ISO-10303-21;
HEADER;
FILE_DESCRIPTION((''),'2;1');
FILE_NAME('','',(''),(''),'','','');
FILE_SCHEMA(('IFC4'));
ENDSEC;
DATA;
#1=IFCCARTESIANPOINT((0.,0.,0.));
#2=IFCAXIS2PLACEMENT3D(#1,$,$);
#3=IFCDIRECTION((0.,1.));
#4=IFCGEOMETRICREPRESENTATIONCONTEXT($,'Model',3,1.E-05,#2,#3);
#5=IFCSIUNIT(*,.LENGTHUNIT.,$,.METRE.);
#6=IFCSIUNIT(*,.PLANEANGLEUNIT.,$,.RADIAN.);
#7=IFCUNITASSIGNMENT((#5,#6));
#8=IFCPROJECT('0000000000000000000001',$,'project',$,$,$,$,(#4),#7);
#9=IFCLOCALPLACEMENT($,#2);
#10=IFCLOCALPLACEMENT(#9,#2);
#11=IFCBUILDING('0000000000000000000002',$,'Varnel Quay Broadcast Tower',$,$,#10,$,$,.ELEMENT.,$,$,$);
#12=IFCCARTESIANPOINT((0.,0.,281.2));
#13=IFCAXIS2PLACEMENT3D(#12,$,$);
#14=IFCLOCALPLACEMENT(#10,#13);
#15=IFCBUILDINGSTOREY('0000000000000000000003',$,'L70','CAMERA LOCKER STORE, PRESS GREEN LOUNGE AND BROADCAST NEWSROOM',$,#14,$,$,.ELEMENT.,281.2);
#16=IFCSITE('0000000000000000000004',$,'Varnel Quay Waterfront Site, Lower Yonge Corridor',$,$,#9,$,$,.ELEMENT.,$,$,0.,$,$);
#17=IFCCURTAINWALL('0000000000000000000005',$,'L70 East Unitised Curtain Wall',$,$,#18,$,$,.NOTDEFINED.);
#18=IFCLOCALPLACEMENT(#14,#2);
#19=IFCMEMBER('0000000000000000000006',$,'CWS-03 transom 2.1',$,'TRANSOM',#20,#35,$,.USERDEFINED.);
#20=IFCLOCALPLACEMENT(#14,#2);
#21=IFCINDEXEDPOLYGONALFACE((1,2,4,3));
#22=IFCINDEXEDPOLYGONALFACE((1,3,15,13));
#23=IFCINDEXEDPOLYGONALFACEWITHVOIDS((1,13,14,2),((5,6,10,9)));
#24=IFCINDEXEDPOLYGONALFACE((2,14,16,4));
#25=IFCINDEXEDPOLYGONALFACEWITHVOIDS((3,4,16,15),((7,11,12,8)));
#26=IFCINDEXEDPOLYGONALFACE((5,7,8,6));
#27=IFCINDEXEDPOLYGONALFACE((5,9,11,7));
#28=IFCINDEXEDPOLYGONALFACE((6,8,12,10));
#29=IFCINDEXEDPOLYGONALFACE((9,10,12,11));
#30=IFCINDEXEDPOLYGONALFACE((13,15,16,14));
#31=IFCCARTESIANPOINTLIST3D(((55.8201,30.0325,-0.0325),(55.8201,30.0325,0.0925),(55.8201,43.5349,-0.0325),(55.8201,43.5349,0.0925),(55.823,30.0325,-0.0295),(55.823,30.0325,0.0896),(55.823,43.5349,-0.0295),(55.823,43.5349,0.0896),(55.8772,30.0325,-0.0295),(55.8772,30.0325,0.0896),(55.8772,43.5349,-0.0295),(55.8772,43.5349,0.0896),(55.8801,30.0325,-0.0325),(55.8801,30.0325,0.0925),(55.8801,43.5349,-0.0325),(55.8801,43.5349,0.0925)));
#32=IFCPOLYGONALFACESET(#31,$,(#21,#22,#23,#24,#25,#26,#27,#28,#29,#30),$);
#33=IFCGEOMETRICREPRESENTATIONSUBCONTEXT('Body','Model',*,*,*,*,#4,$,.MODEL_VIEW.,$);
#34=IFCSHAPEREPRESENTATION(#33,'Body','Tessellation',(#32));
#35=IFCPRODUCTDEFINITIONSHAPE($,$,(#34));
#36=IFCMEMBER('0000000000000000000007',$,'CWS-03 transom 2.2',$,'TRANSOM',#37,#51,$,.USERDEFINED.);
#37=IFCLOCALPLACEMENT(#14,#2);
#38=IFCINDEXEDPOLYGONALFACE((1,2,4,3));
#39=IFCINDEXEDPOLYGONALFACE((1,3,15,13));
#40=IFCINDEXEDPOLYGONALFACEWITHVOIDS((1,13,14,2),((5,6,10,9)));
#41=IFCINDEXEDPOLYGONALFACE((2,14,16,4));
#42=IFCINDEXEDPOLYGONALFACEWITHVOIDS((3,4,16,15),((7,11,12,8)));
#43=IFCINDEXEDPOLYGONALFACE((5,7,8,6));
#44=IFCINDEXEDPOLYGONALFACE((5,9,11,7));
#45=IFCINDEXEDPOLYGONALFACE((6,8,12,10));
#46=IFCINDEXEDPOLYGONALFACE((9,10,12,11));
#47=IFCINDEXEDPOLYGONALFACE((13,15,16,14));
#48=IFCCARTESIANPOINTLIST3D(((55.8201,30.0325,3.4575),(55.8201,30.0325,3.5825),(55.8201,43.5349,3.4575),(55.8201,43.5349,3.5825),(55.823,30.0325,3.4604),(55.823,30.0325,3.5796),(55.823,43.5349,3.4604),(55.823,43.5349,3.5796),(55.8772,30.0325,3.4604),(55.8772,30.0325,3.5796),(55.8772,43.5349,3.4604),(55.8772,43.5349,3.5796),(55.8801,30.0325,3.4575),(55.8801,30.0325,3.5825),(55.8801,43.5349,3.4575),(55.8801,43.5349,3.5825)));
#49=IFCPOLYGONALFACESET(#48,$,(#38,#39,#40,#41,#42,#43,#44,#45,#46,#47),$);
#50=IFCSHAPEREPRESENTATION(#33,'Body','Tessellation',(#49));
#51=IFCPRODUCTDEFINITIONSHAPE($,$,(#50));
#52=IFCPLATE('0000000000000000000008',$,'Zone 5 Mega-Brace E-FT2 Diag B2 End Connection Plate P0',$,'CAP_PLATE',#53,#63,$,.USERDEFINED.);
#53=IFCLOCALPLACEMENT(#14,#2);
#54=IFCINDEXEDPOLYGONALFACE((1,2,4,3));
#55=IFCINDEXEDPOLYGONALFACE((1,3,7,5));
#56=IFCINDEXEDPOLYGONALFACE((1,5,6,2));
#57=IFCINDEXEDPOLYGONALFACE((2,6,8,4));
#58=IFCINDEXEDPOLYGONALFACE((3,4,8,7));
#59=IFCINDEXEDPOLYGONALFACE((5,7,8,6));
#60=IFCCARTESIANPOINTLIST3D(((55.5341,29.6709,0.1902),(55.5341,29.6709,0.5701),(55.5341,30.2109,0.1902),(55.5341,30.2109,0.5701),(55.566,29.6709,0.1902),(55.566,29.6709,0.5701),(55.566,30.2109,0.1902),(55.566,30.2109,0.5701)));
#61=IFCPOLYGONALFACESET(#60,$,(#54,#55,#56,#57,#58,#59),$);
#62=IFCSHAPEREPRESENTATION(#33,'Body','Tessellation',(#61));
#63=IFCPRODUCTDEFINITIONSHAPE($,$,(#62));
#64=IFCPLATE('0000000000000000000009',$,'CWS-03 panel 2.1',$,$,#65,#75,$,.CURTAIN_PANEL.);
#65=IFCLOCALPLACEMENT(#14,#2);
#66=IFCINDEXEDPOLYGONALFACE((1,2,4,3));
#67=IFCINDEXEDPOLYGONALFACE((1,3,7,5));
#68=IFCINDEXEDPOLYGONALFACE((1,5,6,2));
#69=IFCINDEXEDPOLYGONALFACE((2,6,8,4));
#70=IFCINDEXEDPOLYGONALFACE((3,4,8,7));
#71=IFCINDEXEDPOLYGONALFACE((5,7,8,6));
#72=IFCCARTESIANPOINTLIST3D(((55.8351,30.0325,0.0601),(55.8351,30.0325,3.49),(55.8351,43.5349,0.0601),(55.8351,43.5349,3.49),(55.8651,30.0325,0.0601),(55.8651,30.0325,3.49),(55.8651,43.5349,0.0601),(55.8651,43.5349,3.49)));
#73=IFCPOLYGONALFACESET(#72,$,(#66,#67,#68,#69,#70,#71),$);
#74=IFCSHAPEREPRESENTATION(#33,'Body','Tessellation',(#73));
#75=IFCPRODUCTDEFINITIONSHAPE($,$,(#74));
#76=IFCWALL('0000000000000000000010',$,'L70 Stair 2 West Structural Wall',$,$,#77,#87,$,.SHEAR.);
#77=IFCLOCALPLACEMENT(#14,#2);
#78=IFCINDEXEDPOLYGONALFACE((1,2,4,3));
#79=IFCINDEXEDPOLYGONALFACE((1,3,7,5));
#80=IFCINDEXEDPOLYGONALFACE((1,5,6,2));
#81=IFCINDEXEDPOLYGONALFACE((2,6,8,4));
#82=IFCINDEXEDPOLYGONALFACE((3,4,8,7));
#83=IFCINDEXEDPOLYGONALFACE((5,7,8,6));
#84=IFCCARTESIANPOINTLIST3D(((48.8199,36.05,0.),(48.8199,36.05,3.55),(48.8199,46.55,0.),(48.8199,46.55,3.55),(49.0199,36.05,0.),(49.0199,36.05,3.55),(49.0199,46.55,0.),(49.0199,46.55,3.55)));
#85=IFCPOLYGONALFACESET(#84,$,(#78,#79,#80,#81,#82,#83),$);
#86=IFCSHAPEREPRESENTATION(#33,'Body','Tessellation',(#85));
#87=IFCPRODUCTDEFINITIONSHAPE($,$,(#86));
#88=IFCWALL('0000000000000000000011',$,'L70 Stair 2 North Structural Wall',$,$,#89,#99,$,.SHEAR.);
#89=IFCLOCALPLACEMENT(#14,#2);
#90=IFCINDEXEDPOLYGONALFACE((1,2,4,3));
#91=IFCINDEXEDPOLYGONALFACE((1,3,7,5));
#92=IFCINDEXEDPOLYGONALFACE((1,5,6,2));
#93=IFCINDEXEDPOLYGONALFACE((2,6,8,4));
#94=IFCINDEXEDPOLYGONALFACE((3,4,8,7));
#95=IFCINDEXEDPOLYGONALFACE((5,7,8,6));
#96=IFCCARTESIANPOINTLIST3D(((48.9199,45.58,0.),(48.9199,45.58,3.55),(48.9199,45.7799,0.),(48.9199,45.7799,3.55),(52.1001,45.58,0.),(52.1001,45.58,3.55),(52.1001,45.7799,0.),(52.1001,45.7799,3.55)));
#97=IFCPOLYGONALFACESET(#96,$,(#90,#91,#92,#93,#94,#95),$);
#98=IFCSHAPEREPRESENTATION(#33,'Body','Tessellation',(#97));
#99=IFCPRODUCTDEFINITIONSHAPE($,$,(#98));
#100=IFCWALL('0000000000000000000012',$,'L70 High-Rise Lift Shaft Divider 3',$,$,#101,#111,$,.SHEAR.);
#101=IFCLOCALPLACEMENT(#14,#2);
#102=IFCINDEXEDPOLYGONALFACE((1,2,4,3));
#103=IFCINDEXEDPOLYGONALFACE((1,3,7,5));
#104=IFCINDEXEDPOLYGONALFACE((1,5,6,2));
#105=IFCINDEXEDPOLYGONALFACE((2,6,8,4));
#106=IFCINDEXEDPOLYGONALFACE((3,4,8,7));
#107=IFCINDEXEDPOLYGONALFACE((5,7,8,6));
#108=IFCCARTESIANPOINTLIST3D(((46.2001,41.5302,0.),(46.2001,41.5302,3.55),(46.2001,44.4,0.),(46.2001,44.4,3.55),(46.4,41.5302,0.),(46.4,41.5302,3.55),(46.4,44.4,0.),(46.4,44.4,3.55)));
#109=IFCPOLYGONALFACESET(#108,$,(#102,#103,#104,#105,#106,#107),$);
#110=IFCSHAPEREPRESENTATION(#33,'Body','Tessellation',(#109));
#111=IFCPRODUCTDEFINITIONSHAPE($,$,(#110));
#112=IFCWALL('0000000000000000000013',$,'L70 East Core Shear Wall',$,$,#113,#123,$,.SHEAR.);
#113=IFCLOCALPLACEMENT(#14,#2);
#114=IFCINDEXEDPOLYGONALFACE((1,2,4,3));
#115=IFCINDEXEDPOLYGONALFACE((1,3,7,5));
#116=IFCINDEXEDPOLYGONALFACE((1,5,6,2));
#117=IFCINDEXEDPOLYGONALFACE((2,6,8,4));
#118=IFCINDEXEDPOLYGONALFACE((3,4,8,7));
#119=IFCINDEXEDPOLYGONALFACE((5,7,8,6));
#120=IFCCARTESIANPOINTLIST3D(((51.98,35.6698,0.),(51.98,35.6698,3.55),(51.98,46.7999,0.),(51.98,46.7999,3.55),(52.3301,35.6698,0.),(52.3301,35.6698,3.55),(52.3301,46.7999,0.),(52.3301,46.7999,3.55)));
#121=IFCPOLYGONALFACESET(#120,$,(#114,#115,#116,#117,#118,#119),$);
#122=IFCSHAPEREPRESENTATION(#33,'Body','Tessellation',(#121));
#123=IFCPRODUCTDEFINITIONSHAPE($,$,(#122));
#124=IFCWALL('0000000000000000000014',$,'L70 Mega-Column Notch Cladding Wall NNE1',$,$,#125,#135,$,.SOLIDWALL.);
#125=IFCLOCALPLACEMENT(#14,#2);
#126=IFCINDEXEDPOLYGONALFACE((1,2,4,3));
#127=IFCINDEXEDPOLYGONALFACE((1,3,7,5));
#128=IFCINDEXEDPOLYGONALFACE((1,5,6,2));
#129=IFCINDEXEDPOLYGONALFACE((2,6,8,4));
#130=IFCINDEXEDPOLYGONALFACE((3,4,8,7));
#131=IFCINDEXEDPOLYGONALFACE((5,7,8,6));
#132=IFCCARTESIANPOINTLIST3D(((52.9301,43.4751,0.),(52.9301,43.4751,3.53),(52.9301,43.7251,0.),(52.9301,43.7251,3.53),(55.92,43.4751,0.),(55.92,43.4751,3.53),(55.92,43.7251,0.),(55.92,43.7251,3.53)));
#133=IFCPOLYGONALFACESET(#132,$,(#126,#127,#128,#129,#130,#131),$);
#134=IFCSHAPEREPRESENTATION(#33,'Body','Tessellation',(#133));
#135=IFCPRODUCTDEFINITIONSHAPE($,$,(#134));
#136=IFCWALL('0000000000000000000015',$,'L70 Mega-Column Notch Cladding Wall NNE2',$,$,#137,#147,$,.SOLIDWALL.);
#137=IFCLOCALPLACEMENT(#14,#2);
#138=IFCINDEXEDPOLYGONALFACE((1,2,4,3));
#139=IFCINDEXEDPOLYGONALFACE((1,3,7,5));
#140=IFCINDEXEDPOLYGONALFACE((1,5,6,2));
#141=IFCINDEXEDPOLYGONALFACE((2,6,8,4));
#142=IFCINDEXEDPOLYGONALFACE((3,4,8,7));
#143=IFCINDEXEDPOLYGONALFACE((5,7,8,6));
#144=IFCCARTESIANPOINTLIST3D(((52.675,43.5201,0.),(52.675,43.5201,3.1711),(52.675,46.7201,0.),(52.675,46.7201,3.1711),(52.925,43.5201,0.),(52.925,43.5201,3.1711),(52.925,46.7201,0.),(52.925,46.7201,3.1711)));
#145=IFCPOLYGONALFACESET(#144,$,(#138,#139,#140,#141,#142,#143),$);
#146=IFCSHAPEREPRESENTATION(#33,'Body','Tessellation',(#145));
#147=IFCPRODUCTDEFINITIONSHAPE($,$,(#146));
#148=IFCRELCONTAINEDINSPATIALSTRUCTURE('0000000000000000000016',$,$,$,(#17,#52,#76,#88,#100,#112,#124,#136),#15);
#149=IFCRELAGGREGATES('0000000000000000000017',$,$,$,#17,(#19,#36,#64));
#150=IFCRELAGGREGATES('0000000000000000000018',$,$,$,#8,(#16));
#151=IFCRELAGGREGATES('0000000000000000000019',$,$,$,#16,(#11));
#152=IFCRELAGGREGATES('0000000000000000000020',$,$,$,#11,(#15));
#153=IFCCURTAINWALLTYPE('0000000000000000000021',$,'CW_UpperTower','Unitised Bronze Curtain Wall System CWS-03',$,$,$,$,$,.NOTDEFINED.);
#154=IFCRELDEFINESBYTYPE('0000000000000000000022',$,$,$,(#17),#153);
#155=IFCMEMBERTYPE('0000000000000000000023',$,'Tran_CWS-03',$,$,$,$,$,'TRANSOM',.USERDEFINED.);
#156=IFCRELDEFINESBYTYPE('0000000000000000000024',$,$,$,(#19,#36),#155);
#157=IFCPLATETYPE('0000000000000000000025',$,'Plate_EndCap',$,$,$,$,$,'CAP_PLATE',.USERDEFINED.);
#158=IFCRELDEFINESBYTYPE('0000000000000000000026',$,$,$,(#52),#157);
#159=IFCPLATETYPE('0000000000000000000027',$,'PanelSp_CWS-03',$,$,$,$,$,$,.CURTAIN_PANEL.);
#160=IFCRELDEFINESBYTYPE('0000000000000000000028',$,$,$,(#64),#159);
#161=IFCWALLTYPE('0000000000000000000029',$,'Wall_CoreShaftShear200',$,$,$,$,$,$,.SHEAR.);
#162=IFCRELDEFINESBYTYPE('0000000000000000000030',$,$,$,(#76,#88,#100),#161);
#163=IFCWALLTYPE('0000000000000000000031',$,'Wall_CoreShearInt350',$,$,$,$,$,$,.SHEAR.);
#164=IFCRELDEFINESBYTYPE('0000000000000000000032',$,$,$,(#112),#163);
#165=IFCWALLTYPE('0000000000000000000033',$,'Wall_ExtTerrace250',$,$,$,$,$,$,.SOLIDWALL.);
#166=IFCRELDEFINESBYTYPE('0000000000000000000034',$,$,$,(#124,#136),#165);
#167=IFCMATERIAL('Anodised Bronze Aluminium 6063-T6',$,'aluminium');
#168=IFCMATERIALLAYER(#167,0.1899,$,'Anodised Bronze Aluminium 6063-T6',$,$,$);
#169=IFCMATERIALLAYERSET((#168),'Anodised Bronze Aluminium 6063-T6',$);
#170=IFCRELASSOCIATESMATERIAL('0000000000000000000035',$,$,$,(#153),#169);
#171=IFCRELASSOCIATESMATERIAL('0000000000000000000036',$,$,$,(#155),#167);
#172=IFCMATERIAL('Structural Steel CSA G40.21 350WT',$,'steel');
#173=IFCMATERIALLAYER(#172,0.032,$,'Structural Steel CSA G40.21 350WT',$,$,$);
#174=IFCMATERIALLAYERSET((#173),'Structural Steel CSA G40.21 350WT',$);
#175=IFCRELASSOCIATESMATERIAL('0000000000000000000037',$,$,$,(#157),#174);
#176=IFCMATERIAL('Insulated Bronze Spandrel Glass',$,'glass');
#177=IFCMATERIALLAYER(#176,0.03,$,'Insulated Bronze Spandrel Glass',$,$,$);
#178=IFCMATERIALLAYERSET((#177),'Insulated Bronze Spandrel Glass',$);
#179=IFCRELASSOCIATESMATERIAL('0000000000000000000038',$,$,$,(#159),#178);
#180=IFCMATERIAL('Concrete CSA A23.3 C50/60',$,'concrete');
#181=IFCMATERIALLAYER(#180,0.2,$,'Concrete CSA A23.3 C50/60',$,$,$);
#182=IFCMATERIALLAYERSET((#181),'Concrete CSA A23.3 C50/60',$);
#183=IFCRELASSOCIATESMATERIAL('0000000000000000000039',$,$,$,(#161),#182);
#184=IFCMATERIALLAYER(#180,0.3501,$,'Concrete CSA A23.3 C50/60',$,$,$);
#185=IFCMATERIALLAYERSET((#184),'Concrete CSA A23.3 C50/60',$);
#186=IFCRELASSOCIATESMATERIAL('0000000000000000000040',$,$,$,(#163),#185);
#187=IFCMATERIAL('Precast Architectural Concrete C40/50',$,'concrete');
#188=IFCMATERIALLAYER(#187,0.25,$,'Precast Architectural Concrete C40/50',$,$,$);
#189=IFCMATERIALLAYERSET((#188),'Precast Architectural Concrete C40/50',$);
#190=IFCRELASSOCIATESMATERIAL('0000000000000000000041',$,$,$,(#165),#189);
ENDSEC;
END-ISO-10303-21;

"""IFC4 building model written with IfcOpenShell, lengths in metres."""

from ifc_helpers import new_model, si_unit, direction, frame, frame_2d, origin, origin_2d, place, context, subcontext, project, spatial, rectangle, hollow_rectangle, extrude, source, transform, mapped, material, layer, layer_set, material_profile, profile_set, type_object, type_shapes, element, aggregate, save


model = new_model("IFC4")

# Units and contexts
model_context = context("Model", 3, precision=1e-05, world=origin(), true_north=direction((0.0, 1.0)))
body_context = subcontext(model_context, "Body", "Model", "MODEL_VIEW")
ifc_project = project(units=[si_unit("LENGTHUNIT", "METRE"), si_unit("PLANEANGLEUNIT", "RADIAN")], contexts=[model_context])

# Site, building, storey
site_placement = place(None, origin())
site = spatial("IfcSite", under=ifc_project, at=site_placement, Name="Varnel Quay Waterfront Site, Lower Yonge Corridor", CompositionType="ELEMENT", RefElevation=0.0)
building_placement = place(site_placement, origin())
building = spatial("IfcBuilding", under=site, at=building_placement, Name="Varnel Quay Broadcast Tower", CompositionType="ELEMENT")
storey_placement = place(building_placement, frame((0.0, 0.0, 281.2)))
storey = spatial("IfcBuildingStorey", under=building, at=storey_placement, Name="L70", Description="CAMERA LOCKER STORE, PRESS GREEN LOUNGE AND BROADCAST NEWSROOM", CompositionType="ELEMENT", Elevation=281.2)

# Shared definitions
ifc_material_1 = material(Name="Structural Steel CSA G40.21 350WT", Category="steel")

# Curtain wall, members
ifc_material_2 = material(Name="Anodised Bronze Aluminium 6063-T6", Category="aluminium")
ifc_layer_1 = layer(ifc_material_2, 0.1899, Name="Anodised Bronze Aluminium 6063-T6")
ifc_layer_set_1 = layer_set([ifc_layer_1], Name="Anodised Bronze Aluminium 6063-T6")
curtain_wall_type = type_object("IfcCurtainWallType", Name="CW_UpperTower", Description="Unitised Bronze Curtain Wall System CWS-03", PredefinedType="NOTDEFINED", material=ifc_layer_set_1)
curtain_wall_placement = place(storey_placement, origin())
curtain_wall = element("IfcCurtainWall", 1, at=curtain_wall_placement, inside=storey, type_object=curtain_wall_type, Name="L70 East Unitised Curtain Wall", PredefinedType="NOTDEFINED")
ifc_material_profile_1 = material_profile(ifc_material_2, hollow_rectangle(XDim=0.0601, YDim=0.125, WallThickness=0.0029, at=origin_2d()), Name="ALU60X125X3")
ifc_profile_set_1 = profile_set([ifc_material_profile_1], Name="Anodised Bronze Aluminium 6063-T6")
member_type_1 = type_object("IfcMemberType", Name="Tran_CWS-03", ElementType="TRANSOM", PredefinedType="USERDEFINED", material=ifc_profile_set_1)
shared_shape_1 = source(origin(), body_context, "Body", "SweptSolid", [
    extrude(hollow_rectangle(XDim=0.0601, YDim=0.125, WallThickness=0.0029, at=origin_2d()), origin(), (0.0, 0.0, 1.0), 13.5024),
])
type_shapes(member_type_1, [shared_shape_1])
member_1_placement = place(storey_placement, frame((55.8501, 30.0325, 0.03), z_axis=(0.0, 1.0, 0.0), x_axis=(-1.0, 0.0, 0.0)))
member_1 = element("IfcMember", 2, at=member_1_placement, type_object=member_type_1, Name="CWS-03 transom 2.1", ObjectType="TRANSOM", PredefinedType="USERDEFINED", context=body_context, shape_type="MappedRepresentation", body=[
    mapped(shared_shape_1, transform((0.0, 0.0, 0.0), x_axis=(1.0, 0.0, 0.0), y_axis=(0.0, 1.0, 0.0), z_axis=(0.0, 0.0, 1.0), scale=1.0)),
])
member_2_placement = place(storey_placement, frame((55.8501, 30.0325, 3.52), z_axis=(0.0, 1.0, 0.0), x_axis=(-1.0, 0.0, 0.0)))
member_2 = element("IfcMember", 3, at=member_2_placement, type_object=member_type_1, Name="CWS-03 transom 2.2", ObjectType="TRANSOM", PredefinedType="USERDEFINED", context=body_context, shape_type="MappedRepresentation", body=[
    mapped(shared_shape_1, transform((0.0, 0.0, 0.0), x_axis=(1.0, 0.0, 0.0), y_axis=(0.0, 1.0, 0.0), z_axis=(0.0, 0.0, 1.0), scale=1.0)),
])

# Plates
ifc_layer_2 = layer(ifc_material_1, 0.032, Name="Structural Steel CSA G40.21 350WT")
ifc_layer_set_2 = layer_set([ifc_layer_2], Name="Structural Steel CSA G40.21 350WT")
plate_type_1 = type_object("IfcPlateType", Name="Plate_EndCap", ElementType="CAP_PLATE", PredefinedType="USERDEFINED", material=ifc_layer_set_2)
shared_shape_2 = source(origin(), body_context, "Body", "SweptSolid", [
    extrude(rectangle(XDim=0.54, YDim=0.032, at=origin_2d()), origin(), (0.0, 0.0, 1.0), 0.3799),
])
type_shapes(plate_type_1, [shared_shape_2])
plate_1_placement = place(storey_placement, frame((55.55, 29.9409, 0.1902), z_axis=(0.0, 0.0, 1.0), x_axis=(0.0, 1.0, 0.0)))
element("IfcPlate", 4, at=plate_1_placement, inside=storey, type_object=plate_type_1, Name="Zone 5 Mega-Brace E-FT2 Diag B2 End Connection Plate P0", ObjectType="CAP_PLATE", PredefinedType="USERDEFINED", context=body_context, shape_type="MappedRepresentation", body=[
    mapped(shared_shape_2, transform((0.0, 0.0, 0.0), x_axis=(1.0, 0.0, 0.0), y_axis=(0.0, 1.0, 0.0), z_axis=(0.0, 0.0, 1.0), scale=1.0)),
])
ifc_material_3 = material(Name="Insulated Bronze Spandrel Glass", Category="glass")
ifc_layer_3 = layer(ifc_material_3, 0.03, Name="Insulated Bronze Spandrel Glass")
ifc_layer_set_3 = layer_set([ifc_layer_3], Name="Insulated Bronze Spandrel Glass")
plate_type_2 = type_object("IfcPlateType", Name="PanelSp_CWS-03", PredefinedType="CURTAIN_PANEL", material=ifc_layer_set_3)
shared_shape_3 = source(origin(), body_context, "Body", "SweptSolid", [
    extrude(rectangle(XDim=13.5024, YDim=0.03, at=origin_2d()), origin(), (0.0, 0.0, 1.0), 3.4299),
])
type_shapes(plate_type_2, [shared_shape_3])
plate_2_placement = place(storey_placement, frame((55.8501, 36.7837, 0.0601), z_axis=(0.0, 0.0, 1.0), x_axis=(0.0, 1.0, 0.0)))
plate_2 = element("IfcPlate", 5, at=plate_2_placement, type_object=plate_type_2, Name="CWS-03 panel 2.1", PredefinedType="CURTAIN_PANEL", context=body_context, shape_type="MappedRepresentation", body=[
    mapped(shared_shape_3, transform((0.0, 0.0, 0.0), x_axis=(1.0, 0.0, 0.0), y_axis=(0.0, 1.0, 0.0), z_axis=(0.0, 0.0, 1.0), scale=1.0)),
])
aggregate(curtain_wall, [member_1, member_2, plate_2])

# Walls
ifc_material_4 = material(Name="Concrete CSA A23.3 C50/60", Category="concrete")
ifc_layer_4 = layer(ifc_material_4, 0.2, Name="Concrete CSA A23.3 C50/60")
ifc_layer_set_4 = layer_set([ifc_layer_4], Name="Concrete CSA A23.3 C50/60")
wall_type_1 = type_object("IfcWallType", Name="Wall_CoreShaftShear200", PredefinedType="SHEAR", material=ifc_layer_set_4)
wall_1_placement = place(storey_placement, frame((48.9199, 36.05, 0.0), z_axis=(0.0, 0.0, 1.0), x_axis=(0.0, 1.0, 0.0)))
element("IfcWall", 6, at=wall_1_placement, inside=storey, type_object=wall_type_1, Name="L70 Stair 2 West Structural Wall", PredefinedType="SHEAR", context=body_context, shape_type="SweptSolid", body=[
    extrude(rectangle(XDim=10.5, YDim=0.2, at=frame_2d((5.25, 0.0))), origin(), (0.0, 0.0, 1.0), 3.55),
])
wall_2_placement = place(storey_placement, frame((48.9199, 45.6799, 0.0), z_axis=(0.0, 0.0, 1.0), x_axis=(1.0, 0.0, 0.0)))
element("IfcWall", 7, at=wall_2_placement, inside=storey, type_object=wall_type_1, Name="L70 Stair 2 North Structural Wall", PredefinedType="SHEAR", context=body_context, shape_type="SweptSolid", body=[
    extrude(rectangle(XDim=3.1802, YDim=0.2, at=frame_2d((1.5901, 0.0))), origin(), (0.0, 0.0, 1.0), 3.55),
])
wall_3_placement = place(storey_placement, frame((46.3, 41.53, 0.0), z_axis=(0.0, 0.0, 1.0), x_axis=(0.0, 1.0, 0.0)))
element("IfcWall", 8, at=wall_3_placement, inside=storey, type_object=wall_type_1, Name="L70 High-Rise Lift Shaft Divider 3", PredefinedType="SHEAR", context=body_context, shape_type="SweptSolid", body=[
    extrude(rectangle(XDim=2.8699, YDim=0.2, at=frame_2d((1.4351, 0.0))), origin(), (0.0, 0.0, 1.0), 3.55),
])
ifc_layer_5 = layer(ifc_material_4, 0.3501, Name="Concrete CSA A23.3 C50/60")
ifc_layer_set_5 = layer_set([ifc_layer_5], Name="Concrete CSA A23.3 C50/60")
wall_type_2 = type_object("IfcWallType", Name="Wall_CoreShearInt350", PredefinedType="SHEAR", material=ifc_layer_set_5)
wall_4_placement = place(storey_placement, frame((52.155, 35.6699, 0.0), z_axis=(0.0, 0.0, 1.0), x_axis=(0.0, 1.0, 0.0)))
element("IfcWall", 9, at=wall_4_placement, inside=storey, type_object=wall_type_2, Name="L70 East Core Shear Wall", PredefinedType="SHEAR", context=body_context, shape_type="SweptSolid", body=[
    extrude(rectangle(XDim=11.1301, YDim=0.3501, at=frame_2d((5.5649, 0.0))), origin(), (0.0, 0.0, 1.0), 3.55),
])
ifc_material_5 = material(Name="Precast Architectural Concrete C40/50", Category="concrete")
ifc_layer_6 = layer(ifc_material_5, 0.25, Name="Precast Architectural Concrete C40/50")
ifc_layer_set_6 = layer_set([ifc_layer_6], Name="Precast Architectural Concrete C40/50")
wall_type_3 = type_object("IfcWallType", Name="Wall_ExtTerrace250", PredefinedType="SOLIDWALL", material=ifc_layer_set_6)
wall_5_placement = place(storey_placement, frame((52.9299, 43.6001, 0.0), z_axis=(0.0, 0.0, 1.0), x_axis=(1.0, 0.0, 0.0)))
element("IfcWall", 10, at=wall_5_placement, inside=storey, type_object=wall_type_3, Name="L70 Mega-Column Notch Cladding Wall NNE1", PredefinedType="SOLIDWALL", context=body_context, shape_type="SweptSolid", body=[
    extrude(rectangle(XDim=2.99, YDim=0.25, at=frame_2d((1.4951, 0.0))), origin(), (0.0, 0.0, 1.0), 3.53),
])
wall_6_placement = place(storey_placement, frame((52.8, 43.52, 0.0), z_axis=(0.0, 0.0, 1.0), x_axis=(0.0, 1.0, 0.0)))
element("IfcWall", 11, at=wall_6_placement, inside=storey, type_object=wall_type_3, Name="L70 Mega-Column Notch Cladding Wall NNE2", PredefinedType="SOLIDWALL", context=body_context, shape_type="SweptSolid", body=[
    extrude(rectangle(XDim=3.2, YDim=0.25, at=frame_2d((1.6001, 0.0))), origin(), (0.0, 0.0, 1.0), 3.1711),
])

save(model, "model.ifc")
